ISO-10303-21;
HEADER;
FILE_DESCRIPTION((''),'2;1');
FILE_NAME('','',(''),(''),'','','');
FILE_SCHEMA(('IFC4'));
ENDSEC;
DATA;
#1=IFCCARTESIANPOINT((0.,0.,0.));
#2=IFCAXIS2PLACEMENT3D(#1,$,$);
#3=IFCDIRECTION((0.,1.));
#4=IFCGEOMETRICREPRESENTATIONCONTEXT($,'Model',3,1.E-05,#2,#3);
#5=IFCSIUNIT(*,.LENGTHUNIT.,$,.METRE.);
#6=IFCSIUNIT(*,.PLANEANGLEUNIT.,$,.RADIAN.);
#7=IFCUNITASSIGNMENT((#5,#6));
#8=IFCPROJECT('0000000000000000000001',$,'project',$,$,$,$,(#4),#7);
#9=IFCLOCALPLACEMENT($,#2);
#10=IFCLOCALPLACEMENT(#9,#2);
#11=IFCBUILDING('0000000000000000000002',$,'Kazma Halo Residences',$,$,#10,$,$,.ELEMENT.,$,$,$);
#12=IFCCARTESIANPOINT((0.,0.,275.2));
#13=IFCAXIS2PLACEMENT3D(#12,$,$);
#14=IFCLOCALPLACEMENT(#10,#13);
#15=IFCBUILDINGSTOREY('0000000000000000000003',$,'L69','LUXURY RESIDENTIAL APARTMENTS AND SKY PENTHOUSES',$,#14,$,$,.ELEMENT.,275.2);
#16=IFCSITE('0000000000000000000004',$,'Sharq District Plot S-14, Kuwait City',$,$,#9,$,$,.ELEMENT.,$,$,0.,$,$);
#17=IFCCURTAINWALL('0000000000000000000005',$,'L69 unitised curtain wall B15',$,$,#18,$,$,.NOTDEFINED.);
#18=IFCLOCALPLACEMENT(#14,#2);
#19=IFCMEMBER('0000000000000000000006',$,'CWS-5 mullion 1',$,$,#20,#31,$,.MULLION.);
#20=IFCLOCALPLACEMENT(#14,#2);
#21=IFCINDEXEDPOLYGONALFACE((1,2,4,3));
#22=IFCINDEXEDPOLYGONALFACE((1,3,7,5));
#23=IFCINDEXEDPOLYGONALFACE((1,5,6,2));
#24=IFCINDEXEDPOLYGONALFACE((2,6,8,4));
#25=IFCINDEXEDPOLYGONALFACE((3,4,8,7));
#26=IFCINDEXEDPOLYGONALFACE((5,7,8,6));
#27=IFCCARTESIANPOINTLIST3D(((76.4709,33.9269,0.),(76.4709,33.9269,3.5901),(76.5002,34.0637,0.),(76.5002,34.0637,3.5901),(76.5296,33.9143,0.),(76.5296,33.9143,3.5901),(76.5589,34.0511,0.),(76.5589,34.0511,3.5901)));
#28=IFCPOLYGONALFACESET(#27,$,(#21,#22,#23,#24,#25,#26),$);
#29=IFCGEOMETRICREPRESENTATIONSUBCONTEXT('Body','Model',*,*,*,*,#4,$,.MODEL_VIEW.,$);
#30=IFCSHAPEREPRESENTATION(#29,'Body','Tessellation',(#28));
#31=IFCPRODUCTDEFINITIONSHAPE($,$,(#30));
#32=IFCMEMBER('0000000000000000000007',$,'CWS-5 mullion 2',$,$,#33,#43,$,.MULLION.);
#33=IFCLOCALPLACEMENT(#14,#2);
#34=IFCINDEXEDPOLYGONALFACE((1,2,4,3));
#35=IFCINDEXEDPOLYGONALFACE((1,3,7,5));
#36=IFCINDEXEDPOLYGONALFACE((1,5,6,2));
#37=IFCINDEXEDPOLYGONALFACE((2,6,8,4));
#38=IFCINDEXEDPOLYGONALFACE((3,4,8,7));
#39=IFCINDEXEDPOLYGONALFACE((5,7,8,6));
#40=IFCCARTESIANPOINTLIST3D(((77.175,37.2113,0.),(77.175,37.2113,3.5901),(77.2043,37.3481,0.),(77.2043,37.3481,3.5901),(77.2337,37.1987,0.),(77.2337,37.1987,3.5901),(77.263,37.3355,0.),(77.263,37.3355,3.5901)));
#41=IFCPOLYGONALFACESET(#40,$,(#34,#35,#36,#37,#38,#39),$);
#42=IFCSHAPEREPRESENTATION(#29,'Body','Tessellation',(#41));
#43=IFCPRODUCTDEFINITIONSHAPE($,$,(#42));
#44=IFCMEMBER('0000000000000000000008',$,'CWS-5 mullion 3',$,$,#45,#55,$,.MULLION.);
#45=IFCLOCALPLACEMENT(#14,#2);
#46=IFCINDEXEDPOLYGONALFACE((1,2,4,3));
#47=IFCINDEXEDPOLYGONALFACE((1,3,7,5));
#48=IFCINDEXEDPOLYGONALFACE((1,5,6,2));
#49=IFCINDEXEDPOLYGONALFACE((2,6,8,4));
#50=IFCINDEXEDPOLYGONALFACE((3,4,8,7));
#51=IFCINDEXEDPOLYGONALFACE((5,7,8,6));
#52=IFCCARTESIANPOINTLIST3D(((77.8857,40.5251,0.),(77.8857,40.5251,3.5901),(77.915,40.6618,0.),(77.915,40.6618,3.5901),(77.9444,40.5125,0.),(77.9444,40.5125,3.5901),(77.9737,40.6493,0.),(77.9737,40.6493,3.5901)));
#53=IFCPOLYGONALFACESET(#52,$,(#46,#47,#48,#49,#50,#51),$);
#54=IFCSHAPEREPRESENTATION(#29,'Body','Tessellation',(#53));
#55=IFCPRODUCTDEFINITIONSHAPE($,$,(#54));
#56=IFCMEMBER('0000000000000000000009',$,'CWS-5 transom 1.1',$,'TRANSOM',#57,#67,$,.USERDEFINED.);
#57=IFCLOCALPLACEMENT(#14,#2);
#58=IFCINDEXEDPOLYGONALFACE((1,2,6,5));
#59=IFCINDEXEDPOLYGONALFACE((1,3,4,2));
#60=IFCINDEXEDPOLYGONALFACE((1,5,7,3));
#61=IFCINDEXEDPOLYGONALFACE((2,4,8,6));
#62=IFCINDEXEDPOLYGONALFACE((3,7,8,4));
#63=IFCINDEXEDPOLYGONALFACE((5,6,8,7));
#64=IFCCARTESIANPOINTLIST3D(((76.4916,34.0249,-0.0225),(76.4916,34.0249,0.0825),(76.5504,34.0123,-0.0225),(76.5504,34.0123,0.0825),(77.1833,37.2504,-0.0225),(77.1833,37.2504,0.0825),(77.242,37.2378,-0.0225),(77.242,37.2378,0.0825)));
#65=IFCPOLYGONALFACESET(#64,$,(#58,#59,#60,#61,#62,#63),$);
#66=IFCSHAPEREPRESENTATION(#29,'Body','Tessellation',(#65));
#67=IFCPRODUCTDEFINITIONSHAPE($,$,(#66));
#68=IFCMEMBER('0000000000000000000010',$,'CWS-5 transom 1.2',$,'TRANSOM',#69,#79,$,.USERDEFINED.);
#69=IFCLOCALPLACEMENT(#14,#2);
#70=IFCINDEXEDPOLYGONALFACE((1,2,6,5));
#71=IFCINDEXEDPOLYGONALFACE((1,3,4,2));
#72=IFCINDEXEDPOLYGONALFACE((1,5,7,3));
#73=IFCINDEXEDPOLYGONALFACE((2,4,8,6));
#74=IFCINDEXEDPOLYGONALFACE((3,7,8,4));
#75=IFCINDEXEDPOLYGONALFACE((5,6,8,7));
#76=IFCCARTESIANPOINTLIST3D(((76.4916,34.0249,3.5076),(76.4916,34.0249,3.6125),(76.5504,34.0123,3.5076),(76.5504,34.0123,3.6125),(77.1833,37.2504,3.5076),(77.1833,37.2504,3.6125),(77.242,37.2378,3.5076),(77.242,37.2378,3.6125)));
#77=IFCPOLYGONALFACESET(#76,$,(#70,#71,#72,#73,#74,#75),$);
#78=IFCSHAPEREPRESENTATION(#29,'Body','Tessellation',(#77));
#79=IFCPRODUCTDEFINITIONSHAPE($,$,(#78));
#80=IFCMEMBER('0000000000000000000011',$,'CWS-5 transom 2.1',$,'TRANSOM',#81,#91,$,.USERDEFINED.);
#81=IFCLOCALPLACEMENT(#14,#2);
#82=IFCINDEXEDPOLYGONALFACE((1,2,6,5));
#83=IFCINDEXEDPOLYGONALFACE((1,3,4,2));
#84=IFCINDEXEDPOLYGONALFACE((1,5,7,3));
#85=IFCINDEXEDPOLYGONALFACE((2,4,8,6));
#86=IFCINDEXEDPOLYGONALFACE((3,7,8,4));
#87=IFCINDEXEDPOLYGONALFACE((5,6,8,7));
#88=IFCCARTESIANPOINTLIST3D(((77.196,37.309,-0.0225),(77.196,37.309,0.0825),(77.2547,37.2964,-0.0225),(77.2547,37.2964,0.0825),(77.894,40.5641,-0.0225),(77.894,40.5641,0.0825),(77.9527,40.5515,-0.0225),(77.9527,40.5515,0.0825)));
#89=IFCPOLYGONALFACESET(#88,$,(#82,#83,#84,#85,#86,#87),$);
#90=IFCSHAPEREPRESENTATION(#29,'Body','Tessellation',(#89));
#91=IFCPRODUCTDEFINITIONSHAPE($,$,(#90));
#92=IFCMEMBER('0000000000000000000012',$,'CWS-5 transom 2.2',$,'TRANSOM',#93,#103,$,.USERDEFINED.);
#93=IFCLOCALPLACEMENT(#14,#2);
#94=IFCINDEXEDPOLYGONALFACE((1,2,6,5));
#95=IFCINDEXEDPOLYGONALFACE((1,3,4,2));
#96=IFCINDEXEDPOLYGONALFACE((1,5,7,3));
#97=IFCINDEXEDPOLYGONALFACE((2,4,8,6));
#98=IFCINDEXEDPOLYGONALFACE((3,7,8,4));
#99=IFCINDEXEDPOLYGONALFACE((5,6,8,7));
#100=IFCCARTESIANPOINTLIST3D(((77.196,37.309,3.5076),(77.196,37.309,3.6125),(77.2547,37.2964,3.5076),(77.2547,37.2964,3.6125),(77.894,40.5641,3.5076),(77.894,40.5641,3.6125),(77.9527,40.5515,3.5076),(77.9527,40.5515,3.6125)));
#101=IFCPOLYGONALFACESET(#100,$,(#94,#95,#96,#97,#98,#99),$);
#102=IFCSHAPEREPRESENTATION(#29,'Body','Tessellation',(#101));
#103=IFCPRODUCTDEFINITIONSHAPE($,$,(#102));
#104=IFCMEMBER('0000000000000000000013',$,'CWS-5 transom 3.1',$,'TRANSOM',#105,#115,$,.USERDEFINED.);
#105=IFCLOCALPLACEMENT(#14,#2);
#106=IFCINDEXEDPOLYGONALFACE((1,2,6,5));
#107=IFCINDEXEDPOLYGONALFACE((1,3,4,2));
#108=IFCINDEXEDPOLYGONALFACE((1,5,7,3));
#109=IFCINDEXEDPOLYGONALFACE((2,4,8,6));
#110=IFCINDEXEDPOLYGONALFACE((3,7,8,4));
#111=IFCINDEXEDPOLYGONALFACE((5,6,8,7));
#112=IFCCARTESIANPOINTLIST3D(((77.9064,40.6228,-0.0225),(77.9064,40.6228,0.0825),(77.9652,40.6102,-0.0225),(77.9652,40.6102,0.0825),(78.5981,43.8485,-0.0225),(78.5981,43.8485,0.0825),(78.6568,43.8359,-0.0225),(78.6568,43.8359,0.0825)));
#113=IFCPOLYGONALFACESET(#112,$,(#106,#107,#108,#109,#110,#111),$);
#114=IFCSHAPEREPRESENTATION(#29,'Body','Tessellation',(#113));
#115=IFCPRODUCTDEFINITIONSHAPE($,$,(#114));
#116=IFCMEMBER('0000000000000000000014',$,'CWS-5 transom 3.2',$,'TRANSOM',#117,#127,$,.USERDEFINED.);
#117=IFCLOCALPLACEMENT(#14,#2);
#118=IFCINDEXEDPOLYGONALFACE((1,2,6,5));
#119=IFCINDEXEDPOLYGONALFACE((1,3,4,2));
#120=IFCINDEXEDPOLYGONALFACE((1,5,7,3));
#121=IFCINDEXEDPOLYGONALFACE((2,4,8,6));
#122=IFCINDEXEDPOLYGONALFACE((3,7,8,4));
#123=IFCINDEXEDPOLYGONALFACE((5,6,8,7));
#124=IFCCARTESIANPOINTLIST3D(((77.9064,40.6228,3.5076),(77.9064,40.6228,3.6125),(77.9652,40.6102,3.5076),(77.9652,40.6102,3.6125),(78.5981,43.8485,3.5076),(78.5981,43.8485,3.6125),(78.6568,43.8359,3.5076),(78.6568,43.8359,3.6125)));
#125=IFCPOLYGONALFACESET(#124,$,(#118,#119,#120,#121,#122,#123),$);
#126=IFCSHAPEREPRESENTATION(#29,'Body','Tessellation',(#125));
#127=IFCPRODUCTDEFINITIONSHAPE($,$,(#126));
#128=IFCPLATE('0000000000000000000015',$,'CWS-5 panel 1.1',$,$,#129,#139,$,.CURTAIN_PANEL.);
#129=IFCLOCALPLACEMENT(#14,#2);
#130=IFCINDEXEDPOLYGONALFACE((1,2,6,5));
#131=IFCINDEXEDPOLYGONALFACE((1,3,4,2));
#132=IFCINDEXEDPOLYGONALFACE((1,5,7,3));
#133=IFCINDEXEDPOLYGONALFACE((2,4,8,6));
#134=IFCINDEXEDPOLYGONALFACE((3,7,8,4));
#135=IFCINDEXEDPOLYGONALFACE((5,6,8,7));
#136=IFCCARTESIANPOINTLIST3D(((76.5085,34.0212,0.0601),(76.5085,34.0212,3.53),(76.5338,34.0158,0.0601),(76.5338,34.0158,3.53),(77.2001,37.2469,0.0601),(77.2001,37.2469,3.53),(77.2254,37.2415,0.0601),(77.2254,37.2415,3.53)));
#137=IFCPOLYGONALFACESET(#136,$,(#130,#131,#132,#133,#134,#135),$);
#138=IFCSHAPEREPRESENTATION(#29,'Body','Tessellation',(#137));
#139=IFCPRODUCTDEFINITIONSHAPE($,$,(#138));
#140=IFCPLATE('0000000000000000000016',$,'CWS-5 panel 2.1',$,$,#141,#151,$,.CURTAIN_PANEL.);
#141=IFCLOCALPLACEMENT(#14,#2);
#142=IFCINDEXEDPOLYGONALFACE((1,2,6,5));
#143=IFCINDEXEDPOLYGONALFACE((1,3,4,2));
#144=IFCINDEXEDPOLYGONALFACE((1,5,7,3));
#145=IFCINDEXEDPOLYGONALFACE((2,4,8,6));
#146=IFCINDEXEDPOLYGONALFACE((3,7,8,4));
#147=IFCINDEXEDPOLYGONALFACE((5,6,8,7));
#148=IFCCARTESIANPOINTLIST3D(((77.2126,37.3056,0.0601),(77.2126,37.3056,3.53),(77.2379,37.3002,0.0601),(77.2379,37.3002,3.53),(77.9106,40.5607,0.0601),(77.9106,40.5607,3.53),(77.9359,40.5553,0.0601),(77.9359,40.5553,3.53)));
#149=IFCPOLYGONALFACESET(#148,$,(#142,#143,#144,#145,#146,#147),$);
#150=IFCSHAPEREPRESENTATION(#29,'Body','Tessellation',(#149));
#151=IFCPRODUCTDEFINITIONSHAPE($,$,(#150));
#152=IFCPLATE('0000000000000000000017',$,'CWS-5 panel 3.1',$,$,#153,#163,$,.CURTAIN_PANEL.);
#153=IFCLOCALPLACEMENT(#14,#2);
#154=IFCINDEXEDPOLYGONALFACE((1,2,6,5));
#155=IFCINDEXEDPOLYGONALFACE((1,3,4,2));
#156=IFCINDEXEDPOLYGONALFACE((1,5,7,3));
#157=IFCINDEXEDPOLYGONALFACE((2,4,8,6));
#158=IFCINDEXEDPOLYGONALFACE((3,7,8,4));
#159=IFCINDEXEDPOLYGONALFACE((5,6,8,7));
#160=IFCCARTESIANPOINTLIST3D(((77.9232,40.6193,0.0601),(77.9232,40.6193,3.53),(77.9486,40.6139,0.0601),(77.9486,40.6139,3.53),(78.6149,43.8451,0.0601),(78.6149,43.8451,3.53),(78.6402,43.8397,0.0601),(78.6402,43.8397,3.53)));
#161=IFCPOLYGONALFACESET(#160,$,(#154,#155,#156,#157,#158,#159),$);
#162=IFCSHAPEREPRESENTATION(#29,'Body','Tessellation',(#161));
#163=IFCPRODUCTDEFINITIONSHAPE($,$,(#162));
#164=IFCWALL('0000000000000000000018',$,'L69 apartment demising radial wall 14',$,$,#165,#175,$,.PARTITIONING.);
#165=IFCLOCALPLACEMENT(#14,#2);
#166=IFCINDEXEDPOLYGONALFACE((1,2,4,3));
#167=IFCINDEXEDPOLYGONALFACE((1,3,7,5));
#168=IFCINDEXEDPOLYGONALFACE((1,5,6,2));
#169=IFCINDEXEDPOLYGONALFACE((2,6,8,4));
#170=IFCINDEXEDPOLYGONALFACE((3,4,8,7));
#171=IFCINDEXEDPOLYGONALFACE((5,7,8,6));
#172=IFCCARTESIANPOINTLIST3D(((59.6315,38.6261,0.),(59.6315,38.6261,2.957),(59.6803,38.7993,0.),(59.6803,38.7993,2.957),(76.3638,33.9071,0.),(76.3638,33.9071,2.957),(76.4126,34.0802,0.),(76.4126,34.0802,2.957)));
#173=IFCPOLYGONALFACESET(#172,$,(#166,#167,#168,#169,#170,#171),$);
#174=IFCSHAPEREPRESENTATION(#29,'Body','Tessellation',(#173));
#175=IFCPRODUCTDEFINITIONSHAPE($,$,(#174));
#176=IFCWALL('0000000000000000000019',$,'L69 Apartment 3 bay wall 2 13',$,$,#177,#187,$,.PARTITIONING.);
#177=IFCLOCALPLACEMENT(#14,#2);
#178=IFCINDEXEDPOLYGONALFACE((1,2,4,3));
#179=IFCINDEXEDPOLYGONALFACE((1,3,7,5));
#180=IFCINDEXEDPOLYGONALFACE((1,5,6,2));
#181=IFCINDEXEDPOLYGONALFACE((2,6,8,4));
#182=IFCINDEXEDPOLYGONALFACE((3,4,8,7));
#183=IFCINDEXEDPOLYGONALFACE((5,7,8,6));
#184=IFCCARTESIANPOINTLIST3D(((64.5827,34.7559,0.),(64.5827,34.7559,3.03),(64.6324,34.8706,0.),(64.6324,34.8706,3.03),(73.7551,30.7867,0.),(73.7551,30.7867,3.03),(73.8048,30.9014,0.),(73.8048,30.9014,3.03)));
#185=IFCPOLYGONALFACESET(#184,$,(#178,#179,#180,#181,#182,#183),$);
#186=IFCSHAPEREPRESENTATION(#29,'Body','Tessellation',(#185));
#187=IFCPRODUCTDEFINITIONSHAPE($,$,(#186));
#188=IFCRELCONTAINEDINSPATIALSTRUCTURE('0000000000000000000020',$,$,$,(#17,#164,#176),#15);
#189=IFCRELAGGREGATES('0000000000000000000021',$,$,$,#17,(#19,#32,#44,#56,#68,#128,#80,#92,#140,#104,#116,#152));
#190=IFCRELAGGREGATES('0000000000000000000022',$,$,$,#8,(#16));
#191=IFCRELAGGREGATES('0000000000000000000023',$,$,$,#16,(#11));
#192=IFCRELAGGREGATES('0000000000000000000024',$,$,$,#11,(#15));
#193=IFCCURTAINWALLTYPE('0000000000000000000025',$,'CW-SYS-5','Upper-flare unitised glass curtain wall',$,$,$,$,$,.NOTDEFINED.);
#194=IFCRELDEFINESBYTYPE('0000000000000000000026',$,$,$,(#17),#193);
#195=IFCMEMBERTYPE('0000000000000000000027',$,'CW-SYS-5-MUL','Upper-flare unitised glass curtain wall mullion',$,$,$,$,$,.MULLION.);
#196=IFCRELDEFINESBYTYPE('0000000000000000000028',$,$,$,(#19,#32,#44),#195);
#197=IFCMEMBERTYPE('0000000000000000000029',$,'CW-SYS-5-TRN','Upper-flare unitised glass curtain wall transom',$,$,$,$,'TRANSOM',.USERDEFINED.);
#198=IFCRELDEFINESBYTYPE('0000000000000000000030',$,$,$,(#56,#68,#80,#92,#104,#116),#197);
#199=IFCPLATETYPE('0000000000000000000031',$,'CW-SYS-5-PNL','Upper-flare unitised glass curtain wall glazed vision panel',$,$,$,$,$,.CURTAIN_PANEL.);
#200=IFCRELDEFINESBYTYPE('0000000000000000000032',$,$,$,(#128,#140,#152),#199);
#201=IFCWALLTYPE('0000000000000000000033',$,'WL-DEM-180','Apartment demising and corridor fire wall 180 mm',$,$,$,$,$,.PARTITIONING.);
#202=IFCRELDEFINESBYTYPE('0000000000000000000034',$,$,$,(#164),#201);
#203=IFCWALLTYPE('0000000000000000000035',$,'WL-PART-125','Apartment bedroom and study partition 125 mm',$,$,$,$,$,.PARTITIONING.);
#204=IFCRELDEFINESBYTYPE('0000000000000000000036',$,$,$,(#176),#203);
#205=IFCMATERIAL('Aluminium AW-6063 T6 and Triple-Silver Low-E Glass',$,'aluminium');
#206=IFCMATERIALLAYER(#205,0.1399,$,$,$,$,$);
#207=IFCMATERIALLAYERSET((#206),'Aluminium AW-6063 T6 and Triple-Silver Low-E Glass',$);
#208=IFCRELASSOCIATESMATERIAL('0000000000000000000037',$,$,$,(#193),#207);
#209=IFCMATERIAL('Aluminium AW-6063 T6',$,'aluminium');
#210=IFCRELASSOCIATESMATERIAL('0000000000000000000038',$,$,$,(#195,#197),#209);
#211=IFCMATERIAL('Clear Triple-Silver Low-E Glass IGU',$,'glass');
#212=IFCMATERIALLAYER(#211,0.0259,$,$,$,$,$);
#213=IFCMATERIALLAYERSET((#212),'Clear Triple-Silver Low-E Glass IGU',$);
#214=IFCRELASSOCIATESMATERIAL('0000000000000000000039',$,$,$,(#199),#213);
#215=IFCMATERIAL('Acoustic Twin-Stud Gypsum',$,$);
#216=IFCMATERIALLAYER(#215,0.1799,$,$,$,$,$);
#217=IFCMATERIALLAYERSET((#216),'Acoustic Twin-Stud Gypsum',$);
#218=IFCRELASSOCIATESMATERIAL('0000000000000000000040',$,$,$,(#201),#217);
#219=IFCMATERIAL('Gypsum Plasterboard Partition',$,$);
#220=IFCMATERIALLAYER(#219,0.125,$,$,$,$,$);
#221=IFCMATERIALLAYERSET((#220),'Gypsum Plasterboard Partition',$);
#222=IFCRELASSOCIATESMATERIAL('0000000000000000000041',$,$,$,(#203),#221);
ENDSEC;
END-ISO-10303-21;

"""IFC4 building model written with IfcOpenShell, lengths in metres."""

from ifc_helpers import new_model, si_unit, direction, frame, frame_2d, origin, origin_2d, place, context, subcontext, project, spatial, rectangle, extrude, material, layer, layer_set, material_profile, profile_set, type_object, element, aggregate, save


model = new_model("IFC4")

# Units and contexts
model_context = context("Model", 3, precision=1e-05, world=origin(), true_north=direction((0.0, 1.0)))
body_context = subcontext(model_context, "Body", "Model", "MODEL_VIEW")
ifc_project = project(units=[si_unit("LENGTHUNIT", "METRE"), si_unit("PLANEANGLEUNIT", "RADIAN")], contexts=[model_context])

# Site, building, storey
site_placement = place(None, origin())
site = spatial("IfcSite", under=ifc_project, at=site_placement, Name="Sharq District Plot S-14, Kuwait City", CompositionType="ELEMENT", RefElevation=0.0)
building_placement = place(site_placement, origin())
building = spatial("IfcBuilding", under=site, at=building_placement, Name="Kazma Halo Residences", CompositionType="ELEMENT")
storey_placement = place(building_placement, frame((0.0, 0.0, 275.2)))
storey = spatial("IfcBuildingStorey", under=building, at=storey_placement, Name="L69", Description="LUXURY RESIDENTIAL APARTMENTS AND SKY PENTHOUSES", CompositionType="ELEMENT", Elevation=275.2)

# Curtain wall, members, plates
ifc_material_1 = material(Name="Aluminium AW-6063 T6 and Triple-Silver Low-E Glass", Category="aluminium")
ifc_layer_1 = layer(ifc_material_1, 0.1399)
ifc_layer_set_1 = layer_set([ifc_layer_1], Name="Aluminium AW-6063 T6 and Triple-Silver Low-E Glass")
curtain_wall_type = type_object("IfcCurtainWallType", Name="CW-SYS-5", Description="Upper-flare unitised glass curtain wall", PredefinedType="NOTDEFINED", material=ifc_layer_set_1)
curtain_wall_placement = place(storey_placement, origin())
curtain_wall = element("IfcCurtainWall", 1, at=curtain_wall_placement, inside=storey, type_object=curtain_wall_type, Name="L69 unitised curtain wall B15", PredefinedType="NOTDEFINED")
ifc_material_2 = material(Name="Aluminium AW-6063 T6", Category="aluminium")
ifc_material_profile_1 = material_profile(ifc_material_2, rectangle(XDim=0.0601, YDim=0.1399, at=origin_2d()), Name="CWM-60x140")
ifc_profile_set_1 = profile_set([ifc_material_profile_1], Name="Aluminium AW-6063 T6")
member_type_1 = type_object("IfcMemberType", Name="CW-SYS-5-MUL", Description="Upper-flare unitised glass curtain wall mullion", PredefinedType="MULLION", material=ifc_profile_set_1)
member_1_placement = place(storey_placement, frame((76.5149, 33.989, 0.0), z_axis=(0.0, 0.0, 1.0), x_axis=(-0.977775, 0.209657, 0.0)))
member_1 = element("IfcMember", 2, at=member_1_placement, type_object=member_type_1, Name="CWS-5 mullion 1", PredefinedType="MULLION", context=body_context, shape_type="SweptSolid", body=[
    extrude(rectangle(XDim=0.0601, YDim=0.1399, at=origin_2d()), origin(), (0.0, 0.0, 1.0), 3.5901),
])
member_2_placement = place(storey_placement, frame((77.219, 37.2734, 0.0), z_axis=(0.0, 0.0, 1.0), x_axis=(-0.977775, 0.209657, 0.0)))
member_2 = element("IfcMember", 3, at=member_2_placement, type_object=member_type_1, Name="CWS-5 mullion 2", PredefinedType="MULLION", context=body_context, shape_type="SweptSolid", body=[
    extrude(rectangle(XDim=0.0601, YDim=0.1399, at=origin_2d()), origin(), (0.0, 0.0, 1.0), 3.5901),
])
member_3_placement = place(storey_placement, frame((77.9297, 40.5872, 0.0), z_axis=(0.0, 0.0, 1.0), x_axis=(-0.977775, 0.209657, 0.0)))
member_3 = element("IfcMember", 4, at=member_3_placement, type_object=member_type_1, Name="CWS-5 mullion 3", PredefinedType="MULLION", context=body_context, shape_type="SweptSolid", body=[
    extrude(rectangle(XDim=0.0601, YDim=0.1399, at=origin_2d()), origin(), (0.0, 0.0, 1.0), 3.5901),
])
ifc_material_profile_2 = material_profile(ifc_material_2, rectangle(XDim=0.0601, YDim=0.105, at=origin_2d()), Name="CWT-60x105")
ifc_profile_set_2 = profile_set([ifc_material_profile_2], Name="Aluminium AW-6063 T6")
member_type_2 = type_object("IfcMemberType", Name="CW-SYS-5-TRN", Description="Upper-flare unitised glass curtain wall transom", ElementType="TRANSOM", PredefinedType="USERDEFINED", material=ifc_profile_set_2)
member_4_placement = place(storey_placement, frame((76.521, 34.0186, 0.03), z_axis=(0.20966, 0.977774, 0.0), x_axis=(-0.977774, 0.20966, 0.0)))
member_4 = element("IfcMember", 5, at=member_4_placement, type_object=member_type_2, Name="CWS-5 transom 1.1", ObjectType="TRANSOM", PredefinedType="USERDEFINED", context=body_context, shape_type="SweptSolid", body=[
    extrude(rectangle(XDim=0.0601, YDim=0.105, at=origin_2d()), origin(), (0.0, 0.0, 1.0), 3.2988),
])
member_5_placement = place(storey_placement, frame((76.521, 34.0186, 3.5601), z_axis=(0.20966, 0.977774, 0.0), x_axis=(-0.977774, 0.20966, 0.0)))
member_5 = element("IfcMember", 6, at=member_5_placement, type_object=member_type_2, Name="CWS-5 transom 1.2", ObjectType="TRANSOM", PredefinedType="USERDEFINED", context=body_context, shape_type="SweptSolid", body=[
    extrude(rectangle(XDim=0.0601, YDim=0.105, at=origin_2d()), origin(), (0.0, 0.0, 1.0), 3.2988),
])
member_6_placement = place(storey_placement, frame((77.2253, 37.3027, 0.03), z_axis=(0.209664, 0.977773, 0.0), x_axis=(-0.977773, 0.209664, 0.0)))
member_6 = element("IfcMember", 7, at=member_6_placement, type_object=member_type_2, Name="CWS-5 transom 2.1", ObjectType="TRANSOM", PredefinedType="USERDEFINED", context=body_context, shape_type="SweptSolid", body=[
    extrude(rectangle(XDim=0.0601, YDim=0.105, at=origin_2d()), origin(), (0.0, 0.0, 1.0), 3.3291),
])
member_7_placement = place(storey_placement, frame((77.2253, 37.3027, 3.5601), z_axis=(0.209664, 0.977773, 0.0), x_axis=(-0.977773, 0.209664, 0.0)))
member_7 = element("IfcMember", 8, at=member_7_placement, type_object=member_type_2, Name="CWS-5 transom 2.2", ObjectType="TRANSOM", PredefinedType="USERDEFINED", context=body_context, shape_type="SweptSolid", body=[
    extrude(rectangle(XDim=0.0601, YDim=0.105, at=origin_2d()), origin(), (0.0, 0.0, 1.0), 3.3291),
])
member_8_placement = place(storey_placement, frame((77.9358, 40.6165, 0.03), z_axis=(0.209645, 0.977777, 0.0), x_axis=(-0.977777, 0.209645, 0.0)))
member_8 = element("IfcMember", 9, at=member_8_placement, type_object=member_type_2, Name="CWS-5 transom 3.1", ObjectType="TRANSOM", PredefinedType="USERDEFINED", context=body_context, shape_type="SweptSolid", body=[
    extrude(rectangle(XDim=0.0601, YDim=0.105, at=origin_2d()), origin(), (0.0, 0.0, 1.0), 3.2991),
])
member_9_placement = place(storey_placement, frame((77.9358, 40.6165, 3.5601), z_axis=(0.209645, 0.977777, 0.0), x_axis=(-0.977777, 0.209645, 0.0)))
member_9 = element("IfcMember", 10, at=member_9_placement, type_object=member_type_2, Name="CWS-5 transom 3.2", ObjectType="TRANSOM", PredefinedType="USERDEFINED", context=body_context, shape_type="SweptSolid", body=[
    extrude(rectangle(XDim=0.0601, YDim=0.105, at=origin_2d()), origin(), (0.0, 0.0, 1.0), 3.2991),
])
ifc_material_3 = material(Name="Clear Triple-Silver Low-E Glass IGU", Category="glass")
ifc_layer_2 = layer(ifc_material_3, 0.0259)
ifc_layer_set_2 = layer_set([ifc_layer_2], Name="Clear Triple-Silver Low-E Glass IGU")
plate_type = type_object("IfcPlateType", Name="CW-SYS-5-PNL", Description="Upper-flare unitised glass curtain wall glazed vision panel", PredefinedType="CURTAIN_PANEL", material=ifc_layer_set_2)
plate_1_placement = place(storey_placement, frame((76.8669, 35.6313, 0.0601), z_axis=(0.0, 0.0, 1.0), x_axis=(0.209657, 0.977775, 0.0)))
plate_1 = element("IfcPlate", 11, at=plate_1_placement, type_object=plate_type, Name="CWS-5 panel 1.1", PredefinedType="CURTAIN_PANEL", context=body_context, shape_type="SweptSolid", body=[
    extrude(rectangle(XDim=3.2991, YDim=0.0259, at=origin_2d()), origin(), (0.0, 0.0, 1.0), 3.47),
])
plate_2_placement = place(storey_placement, frame((77.5742, 38.9304, 0.0601), z_axis=(0.0, 0.0, 1.0), x_axis=(0.209657, 0.977775, 0.0)))
plate_2 = element("IfcPlate", 12, at=plate_2_placement, type_object=plate_type, Name="CWS-5 panel 2.1", PredefinedType="CURTAIN_PANEL", context=body_context, shape_type="SweptSolid", body=[
    extrude(rectangle(XDim=3.3291, YDim=0.0259, at=origin_2d()), origin(), (0.0, 0.0, 1.0), 3.47),
])
plate_3_placement = place(storey_placement, frame((78.2817, 42.2295, 0.0601), z_axis=(0.0, 0.0, 1.0), x_axis=(0.209657, 0.977775, 0.0)))
plate_3 = element("IfcPlate", 13, at=plate_3_placement, type_object=plate_type, Name="CWS-5 panel 3.1", PredefinedType="CURTAIN_PANEL", context=body_context, shape_type="SweptSolid", body=[
    extrude(rectangle(XDim=3.2991, YDim=0.0259, at=origin_2d()), origin(), (0.0, 0.0, 1.0), 3.47),
])
aggregate(curtain_wall, [member_1, member_2, member_3, member_4, member_5, plate_1, member_6, member_7, plate_2, member_8, member_9, plate_3])

# Walls
ifc_material_4 = material(Name="Acoustic Twin-Stud Gypsum")
ifc_layer_3 = layer(ifc_material_4, 0.1799)
ifc_layer_set_3 = layer_set([ifc_layer_3], Name="Acoustic Twin-Stud Gypsum")
wall_type_1 = type_object("IfcWallType", Name="WL-DEM-180", Description="Apartment demising and corridor fire wall 180 mm", PredefinedType="PARTITIONING", material=ifc_layer_set_3)
wall_1_placement = place(storey_placement, frame((59.656, 38.7126, 0.0), z_axis=(0.0, 0.0, 1.0), x_axis=(0.962455, -0.271442, 0.0)))
element("IfcWall", 14, at=wall_1_placement, inside=storey, type_object=wall_type_1, Name="L69 apartment demising radial wall 14", PredefinedType="PARTITIONING", context=body_context, shape_type="SweptSolid", body=[
    extrude(rectangle(XDim=17.385, YDim=0.1799, at=frame_2d((8.6924, 0.0))), origin(), (0.0, 0.0, 1.0), 2.957),
])
ifc_material_5 = material(Name="Gypsum Plasterboard Partition")
ifc_layer_4 = layer(ifc_material_5, 0.125)
ifc_layer_set_4 = layer_set([ifc_layer_4], Name="Gypsum Plasterboard Partition")
wall_type_2 = type_object("IfcWallType", Name="WL-PART-125", Description="Apartment bedroom and study partition 125 mm", PredefinedType="PARTITIONING", material=ifc_layer_set_4)
wall_2_placement = place(storey_placement, frame((64.6077, 34.8132, 0.0), z_axis=(0.0, 0.0, 1.0), x_axis=(0.917755, -0.397148, 0.0)))
element("IfcWall", 15, at=wall_2_placement, inside=storey, type_object=wall_type_2, Name="L69 Apartment 3 bay wall 2 13", PredefinedType="PARTITIONING", context=body_context, shape_type="SweptSolid", body=[
    extrude(rectangle(XDim=9.9944, YDim=0.125, at=frame_2d((4.9971, 0.0))), origin(), (0.0, 0.0, 1.0), 3.03),
])

save(model, "model.ifc")
